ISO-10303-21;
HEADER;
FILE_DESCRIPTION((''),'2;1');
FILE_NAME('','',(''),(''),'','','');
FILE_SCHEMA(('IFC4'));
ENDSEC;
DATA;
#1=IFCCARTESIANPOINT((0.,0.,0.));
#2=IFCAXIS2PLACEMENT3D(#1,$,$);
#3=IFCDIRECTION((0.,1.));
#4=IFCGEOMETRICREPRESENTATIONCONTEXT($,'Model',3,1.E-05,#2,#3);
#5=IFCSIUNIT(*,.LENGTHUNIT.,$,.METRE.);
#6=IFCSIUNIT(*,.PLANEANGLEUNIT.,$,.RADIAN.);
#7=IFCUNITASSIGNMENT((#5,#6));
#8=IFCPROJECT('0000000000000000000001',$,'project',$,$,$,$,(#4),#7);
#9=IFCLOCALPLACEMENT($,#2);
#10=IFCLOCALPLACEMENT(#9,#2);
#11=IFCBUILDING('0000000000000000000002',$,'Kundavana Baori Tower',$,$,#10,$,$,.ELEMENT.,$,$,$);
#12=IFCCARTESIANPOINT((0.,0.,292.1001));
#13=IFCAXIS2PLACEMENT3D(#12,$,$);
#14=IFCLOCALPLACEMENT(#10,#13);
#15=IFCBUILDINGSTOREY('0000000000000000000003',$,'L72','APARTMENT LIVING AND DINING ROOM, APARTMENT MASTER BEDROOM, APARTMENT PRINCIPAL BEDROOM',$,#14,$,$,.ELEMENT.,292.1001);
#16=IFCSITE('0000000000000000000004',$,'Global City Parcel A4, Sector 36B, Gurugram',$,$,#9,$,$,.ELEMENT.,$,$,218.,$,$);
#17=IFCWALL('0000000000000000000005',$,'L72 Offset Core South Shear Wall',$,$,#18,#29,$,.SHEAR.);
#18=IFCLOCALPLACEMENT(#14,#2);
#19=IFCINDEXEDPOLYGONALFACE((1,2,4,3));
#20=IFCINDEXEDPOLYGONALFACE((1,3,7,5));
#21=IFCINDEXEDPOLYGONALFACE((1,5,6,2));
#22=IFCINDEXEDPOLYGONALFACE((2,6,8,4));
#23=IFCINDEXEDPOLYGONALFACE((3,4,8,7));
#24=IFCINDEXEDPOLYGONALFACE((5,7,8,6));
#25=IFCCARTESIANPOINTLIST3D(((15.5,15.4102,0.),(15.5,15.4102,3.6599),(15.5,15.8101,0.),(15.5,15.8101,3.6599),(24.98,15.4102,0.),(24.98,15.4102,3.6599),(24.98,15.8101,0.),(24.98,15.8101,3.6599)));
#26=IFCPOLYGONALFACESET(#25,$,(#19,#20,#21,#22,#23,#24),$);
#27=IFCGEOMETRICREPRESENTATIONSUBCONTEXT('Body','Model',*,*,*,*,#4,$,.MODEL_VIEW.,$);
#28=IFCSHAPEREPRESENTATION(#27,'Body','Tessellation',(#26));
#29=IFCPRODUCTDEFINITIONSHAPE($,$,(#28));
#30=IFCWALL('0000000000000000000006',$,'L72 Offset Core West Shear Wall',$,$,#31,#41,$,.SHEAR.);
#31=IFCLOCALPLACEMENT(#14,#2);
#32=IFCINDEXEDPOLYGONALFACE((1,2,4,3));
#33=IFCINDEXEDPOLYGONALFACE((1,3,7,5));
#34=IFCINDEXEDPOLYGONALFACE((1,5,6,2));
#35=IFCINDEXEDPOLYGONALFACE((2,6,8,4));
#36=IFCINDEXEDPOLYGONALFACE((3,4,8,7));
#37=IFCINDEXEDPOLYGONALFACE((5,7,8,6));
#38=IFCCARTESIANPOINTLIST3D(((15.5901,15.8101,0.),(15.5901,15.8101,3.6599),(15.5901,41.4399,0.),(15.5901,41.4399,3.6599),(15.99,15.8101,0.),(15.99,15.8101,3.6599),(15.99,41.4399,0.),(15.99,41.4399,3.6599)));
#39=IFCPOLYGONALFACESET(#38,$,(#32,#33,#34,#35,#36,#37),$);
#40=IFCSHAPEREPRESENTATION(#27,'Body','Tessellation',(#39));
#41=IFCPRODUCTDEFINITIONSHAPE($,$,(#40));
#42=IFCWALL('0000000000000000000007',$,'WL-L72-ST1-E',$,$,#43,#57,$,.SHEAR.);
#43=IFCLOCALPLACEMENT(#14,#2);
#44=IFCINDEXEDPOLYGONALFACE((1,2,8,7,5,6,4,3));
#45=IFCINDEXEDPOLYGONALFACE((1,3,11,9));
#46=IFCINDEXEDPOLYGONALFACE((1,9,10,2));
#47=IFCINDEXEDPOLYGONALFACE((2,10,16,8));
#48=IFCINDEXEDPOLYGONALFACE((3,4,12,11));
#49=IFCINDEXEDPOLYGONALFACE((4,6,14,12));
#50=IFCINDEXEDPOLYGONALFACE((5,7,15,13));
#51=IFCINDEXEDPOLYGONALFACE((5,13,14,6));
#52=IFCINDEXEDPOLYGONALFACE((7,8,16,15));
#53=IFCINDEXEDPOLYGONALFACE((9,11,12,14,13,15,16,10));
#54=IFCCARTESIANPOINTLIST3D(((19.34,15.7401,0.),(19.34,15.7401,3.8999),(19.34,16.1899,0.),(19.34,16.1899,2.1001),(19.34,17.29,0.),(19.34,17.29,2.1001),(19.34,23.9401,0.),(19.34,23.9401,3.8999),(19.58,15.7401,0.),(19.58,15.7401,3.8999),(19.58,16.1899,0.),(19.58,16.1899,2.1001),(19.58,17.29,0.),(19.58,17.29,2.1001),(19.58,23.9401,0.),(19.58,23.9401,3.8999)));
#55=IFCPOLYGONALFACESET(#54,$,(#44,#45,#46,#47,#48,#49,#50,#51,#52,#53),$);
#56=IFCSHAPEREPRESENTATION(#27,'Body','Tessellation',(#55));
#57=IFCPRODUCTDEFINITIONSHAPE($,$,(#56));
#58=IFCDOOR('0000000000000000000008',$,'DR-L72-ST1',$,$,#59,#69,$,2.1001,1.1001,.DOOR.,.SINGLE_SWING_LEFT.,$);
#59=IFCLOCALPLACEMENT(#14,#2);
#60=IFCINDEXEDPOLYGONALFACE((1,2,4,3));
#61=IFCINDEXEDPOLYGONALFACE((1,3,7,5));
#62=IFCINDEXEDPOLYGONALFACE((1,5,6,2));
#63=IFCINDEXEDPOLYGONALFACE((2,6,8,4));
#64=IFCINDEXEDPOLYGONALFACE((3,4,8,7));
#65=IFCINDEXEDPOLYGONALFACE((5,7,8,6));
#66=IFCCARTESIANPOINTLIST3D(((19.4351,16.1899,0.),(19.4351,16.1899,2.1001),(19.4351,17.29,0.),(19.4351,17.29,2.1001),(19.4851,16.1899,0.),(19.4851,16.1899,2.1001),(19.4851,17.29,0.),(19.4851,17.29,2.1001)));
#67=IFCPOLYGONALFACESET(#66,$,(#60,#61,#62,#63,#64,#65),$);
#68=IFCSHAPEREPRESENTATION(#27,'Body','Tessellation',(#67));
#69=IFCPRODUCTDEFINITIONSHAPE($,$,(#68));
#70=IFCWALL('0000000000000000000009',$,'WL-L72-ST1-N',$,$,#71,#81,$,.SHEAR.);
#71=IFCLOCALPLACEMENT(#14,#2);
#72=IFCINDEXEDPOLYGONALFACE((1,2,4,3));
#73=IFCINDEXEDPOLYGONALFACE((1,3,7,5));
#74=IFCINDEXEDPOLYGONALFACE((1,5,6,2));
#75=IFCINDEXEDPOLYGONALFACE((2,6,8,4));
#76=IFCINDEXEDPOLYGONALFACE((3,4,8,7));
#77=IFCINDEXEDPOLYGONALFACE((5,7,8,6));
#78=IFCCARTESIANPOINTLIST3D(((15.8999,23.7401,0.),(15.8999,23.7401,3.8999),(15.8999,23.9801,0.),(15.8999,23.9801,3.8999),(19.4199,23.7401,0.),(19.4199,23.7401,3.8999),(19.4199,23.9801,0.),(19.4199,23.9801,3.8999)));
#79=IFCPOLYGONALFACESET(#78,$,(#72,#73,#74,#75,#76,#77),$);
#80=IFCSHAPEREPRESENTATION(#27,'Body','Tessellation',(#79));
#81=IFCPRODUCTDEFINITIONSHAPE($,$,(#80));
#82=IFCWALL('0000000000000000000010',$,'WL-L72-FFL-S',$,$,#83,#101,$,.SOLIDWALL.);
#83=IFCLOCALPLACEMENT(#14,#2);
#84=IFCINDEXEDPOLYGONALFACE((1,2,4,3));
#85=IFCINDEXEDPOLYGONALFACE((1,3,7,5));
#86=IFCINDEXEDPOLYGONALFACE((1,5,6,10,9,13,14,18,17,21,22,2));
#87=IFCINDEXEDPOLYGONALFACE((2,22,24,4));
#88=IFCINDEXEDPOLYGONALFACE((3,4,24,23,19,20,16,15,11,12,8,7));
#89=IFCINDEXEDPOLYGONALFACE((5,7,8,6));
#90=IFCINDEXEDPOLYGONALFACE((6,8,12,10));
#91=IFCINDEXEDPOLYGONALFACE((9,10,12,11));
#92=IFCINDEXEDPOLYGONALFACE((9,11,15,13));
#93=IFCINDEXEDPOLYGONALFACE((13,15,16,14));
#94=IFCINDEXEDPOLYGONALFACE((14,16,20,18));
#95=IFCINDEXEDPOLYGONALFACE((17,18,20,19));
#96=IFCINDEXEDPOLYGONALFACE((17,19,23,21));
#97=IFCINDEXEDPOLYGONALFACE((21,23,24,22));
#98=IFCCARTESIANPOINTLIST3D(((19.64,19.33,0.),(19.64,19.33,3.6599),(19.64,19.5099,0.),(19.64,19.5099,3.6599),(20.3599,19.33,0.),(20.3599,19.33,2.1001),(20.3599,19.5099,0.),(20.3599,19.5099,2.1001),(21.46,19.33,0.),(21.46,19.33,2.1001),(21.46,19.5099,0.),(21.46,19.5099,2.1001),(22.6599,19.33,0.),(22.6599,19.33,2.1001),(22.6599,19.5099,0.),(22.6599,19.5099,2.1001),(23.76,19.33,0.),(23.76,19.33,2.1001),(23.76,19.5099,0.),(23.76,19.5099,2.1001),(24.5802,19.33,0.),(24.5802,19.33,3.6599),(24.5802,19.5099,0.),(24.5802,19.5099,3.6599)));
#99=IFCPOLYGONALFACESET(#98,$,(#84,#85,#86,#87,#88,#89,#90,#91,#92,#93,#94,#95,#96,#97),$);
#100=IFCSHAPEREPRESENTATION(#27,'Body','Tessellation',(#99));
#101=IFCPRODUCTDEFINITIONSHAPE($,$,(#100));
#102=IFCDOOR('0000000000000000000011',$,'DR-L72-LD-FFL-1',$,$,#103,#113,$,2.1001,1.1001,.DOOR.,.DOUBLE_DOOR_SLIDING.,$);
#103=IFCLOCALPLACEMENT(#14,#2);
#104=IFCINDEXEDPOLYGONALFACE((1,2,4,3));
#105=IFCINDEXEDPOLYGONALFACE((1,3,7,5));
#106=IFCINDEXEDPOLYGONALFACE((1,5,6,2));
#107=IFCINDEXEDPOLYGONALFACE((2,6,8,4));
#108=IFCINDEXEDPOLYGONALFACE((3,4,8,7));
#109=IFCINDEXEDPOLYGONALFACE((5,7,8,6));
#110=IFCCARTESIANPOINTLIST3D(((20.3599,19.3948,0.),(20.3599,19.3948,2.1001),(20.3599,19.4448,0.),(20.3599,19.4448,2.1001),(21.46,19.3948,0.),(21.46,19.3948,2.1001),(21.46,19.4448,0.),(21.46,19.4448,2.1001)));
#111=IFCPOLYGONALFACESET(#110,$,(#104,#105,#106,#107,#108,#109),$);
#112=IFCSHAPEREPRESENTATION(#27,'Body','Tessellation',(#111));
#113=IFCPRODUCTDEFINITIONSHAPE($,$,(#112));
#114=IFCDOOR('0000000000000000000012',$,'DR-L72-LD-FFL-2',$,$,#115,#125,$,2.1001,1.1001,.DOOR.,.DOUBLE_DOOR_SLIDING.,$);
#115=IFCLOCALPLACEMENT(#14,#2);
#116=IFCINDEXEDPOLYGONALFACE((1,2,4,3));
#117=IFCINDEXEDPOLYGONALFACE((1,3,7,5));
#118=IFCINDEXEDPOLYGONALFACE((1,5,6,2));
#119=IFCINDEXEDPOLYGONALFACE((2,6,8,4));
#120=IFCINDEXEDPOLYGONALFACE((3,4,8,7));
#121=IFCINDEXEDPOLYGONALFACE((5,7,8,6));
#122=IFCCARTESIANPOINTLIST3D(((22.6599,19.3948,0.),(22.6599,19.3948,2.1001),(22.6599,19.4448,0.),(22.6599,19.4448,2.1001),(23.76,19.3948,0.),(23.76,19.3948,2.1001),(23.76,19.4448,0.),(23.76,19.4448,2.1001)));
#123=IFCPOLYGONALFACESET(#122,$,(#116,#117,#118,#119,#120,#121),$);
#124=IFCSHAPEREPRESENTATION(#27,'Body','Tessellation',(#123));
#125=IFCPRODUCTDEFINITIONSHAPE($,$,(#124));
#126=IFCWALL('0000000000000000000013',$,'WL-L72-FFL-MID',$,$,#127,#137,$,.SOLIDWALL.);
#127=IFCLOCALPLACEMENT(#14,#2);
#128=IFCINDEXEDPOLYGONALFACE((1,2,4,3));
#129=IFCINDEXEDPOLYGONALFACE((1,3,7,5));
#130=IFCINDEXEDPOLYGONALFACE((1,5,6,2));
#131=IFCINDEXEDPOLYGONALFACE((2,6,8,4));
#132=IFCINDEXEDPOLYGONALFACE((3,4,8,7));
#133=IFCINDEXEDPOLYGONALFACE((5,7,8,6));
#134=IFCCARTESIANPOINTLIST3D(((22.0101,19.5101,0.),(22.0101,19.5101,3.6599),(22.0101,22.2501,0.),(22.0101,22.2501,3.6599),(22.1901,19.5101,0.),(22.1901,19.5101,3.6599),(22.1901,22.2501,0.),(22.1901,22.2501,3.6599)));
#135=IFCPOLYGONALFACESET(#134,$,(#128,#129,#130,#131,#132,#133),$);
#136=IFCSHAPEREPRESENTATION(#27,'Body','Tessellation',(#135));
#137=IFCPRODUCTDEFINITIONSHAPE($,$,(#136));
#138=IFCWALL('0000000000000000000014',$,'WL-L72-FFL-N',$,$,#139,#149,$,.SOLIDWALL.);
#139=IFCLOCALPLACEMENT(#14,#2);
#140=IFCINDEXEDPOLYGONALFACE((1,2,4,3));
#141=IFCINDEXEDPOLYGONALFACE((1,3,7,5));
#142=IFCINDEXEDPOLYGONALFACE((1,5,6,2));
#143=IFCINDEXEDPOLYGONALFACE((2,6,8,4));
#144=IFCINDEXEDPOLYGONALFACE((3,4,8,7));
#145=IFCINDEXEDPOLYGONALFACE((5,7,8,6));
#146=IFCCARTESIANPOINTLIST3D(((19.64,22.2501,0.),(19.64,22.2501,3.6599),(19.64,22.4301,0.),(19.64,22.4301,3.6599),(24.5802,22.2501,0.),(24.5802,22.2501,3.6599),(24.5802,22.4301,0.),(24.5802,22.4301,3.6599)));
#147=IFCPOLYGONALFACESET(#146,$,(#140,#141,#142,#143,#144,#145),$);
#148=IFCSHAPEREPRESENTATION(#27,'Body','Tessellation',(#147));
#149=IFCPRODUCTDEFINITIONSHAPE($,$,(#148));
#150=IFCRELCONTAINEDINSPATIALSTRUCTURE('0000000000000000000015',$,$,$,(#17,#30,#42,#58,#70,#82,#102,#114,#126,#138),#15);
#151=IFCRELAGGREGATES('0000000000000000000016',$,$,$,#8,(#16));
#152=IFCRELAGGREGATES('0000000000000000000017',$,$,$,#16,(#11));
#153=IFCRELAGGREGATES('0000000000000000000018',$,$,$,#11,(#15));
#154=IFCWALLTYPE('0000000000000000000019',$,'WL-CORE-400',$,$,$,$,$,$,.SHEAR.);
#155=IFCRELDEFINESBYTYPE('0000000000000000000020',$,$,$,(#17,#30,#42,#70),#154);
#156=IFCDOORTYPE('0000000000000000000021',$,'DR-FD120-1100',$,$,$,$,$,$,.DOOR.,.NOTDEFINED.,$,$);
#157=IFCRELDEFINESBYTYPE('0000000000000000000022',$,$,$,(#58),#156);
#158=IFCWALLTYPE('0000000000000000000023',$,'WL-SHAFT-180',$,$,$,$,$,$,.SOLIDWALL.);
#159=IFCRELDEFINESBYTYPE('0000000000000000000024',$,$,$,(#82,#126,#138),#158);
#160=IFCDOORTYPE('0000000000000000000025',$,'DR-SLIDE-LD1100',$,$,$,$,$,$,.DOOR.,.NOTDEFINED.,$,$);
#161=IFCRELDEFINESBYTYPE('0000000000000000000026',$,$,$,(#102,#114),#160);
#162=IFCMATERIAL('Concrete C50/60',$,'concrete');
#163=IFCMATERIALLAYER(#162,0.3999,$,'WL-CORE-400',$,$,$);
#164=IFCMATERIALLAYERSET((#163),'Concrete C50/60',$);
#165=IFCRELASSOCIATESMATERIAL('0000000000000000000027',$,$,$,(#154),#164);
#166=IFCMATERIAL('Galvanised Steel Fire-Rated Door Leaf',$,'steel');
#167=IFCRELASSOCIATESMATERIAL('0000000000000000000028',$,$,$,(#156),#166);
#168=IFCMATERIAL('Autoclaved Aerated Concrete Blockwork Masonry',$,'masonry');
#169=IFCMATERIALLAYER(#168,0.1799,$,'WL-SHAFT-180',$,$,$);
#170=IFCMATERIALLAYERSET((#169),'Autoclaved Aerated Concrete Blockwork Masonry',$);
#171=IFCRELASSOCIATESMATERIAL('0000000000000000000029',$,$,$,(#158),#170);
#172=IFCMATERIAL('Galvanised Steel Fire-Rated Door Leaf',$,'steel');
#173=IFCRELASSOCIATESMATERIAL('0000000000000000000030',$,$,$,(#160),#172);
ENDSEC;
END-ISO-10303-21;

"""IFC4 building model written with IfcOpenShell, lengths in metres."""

from ifc_helpers import new_model, si_unit, direction, frame, frame_2d, origin, place, context, subcontext, project, spatial, rectangle, extrude, material, layer, layer_set, type_object, element, fill, save


model = new_model("IFC4")

# Units and contexts
model_context = context("Model", 3, precision=1e-05, world=origin(), true_north=direction((0.0, 1.0)))
body_context = subcontext(model_context, "Body", "Model", "MODEL_VIEW")
ifc_project = project(units=[si_unit("LENGTHUNIT", "METRE"), si_unit("PLANEANGLEUNIT", "RADIAN")], contexts=[model_context])

# Site, building, storey
site_placement = place(None, origin())
site = spatial("IfcSite", under=ifc_project, at=site_placement, Name="Global City Parcel A4, Sector 36B, Gurugram", CompositionType="ELEMENT", RefElevation=218.0)
building_placement = place(site_placement, origin())
building = spatial("IfcBuilding", under=site, at=building_placement, Name="Kundavana Baori Tower", CompositionType="ELEMENT")
storey_placement = place(building_placement, frame((0.0, 0.0, 292.1001)))
storey = spatial("IfcBuildingStorey", under=building, at=storey_placement, Name="L72", Description="APARTMENT LIVING AND DINING ROOM, APARTMENT MASTER BEDROOM, APARTMENT PRINCIPAL BEDROOM", CompositionType="ELEMENT", Elevation=292.1001)

# Walls
ifc_material_1 = material(Name="Concrete C50/60", Category="concrete")
ifc_layer_1 = layer(ifc_material_1, 0.3999, Name="WL-CORE-400")
ifc_layer_set_1 = layer_set([ifc_layer_1], Name="Concrete C50/60")
wall_type_1 = type_object("IfcWallType", Name="WL-CORE-400", PredefinedType="SHEAR", material=ifc_layer_set_1)
wall_1_placement = place(storey_placement, frame((15.5, 15.6101, 0.0), z_axis=(0.0, 0.0, 1.0), x_axis=(1.0, 0.0, 0.0)))
element("IfcWall", 1, at=wall_1_placement, inside=storey, type_object=wall_type_1, Name="L72 Offset Core South Shear Wall", PredefinedType="SHEAR", context=body_context, shape_type="SweptSolid", body=[
    extrude(rectangle(XDim=9.48, YDim=0.3999, at=frame_2d((4.74, 0.0))), origin(), (0.0, 0.0, 1.0), 3.6599),
])
wall_2_placement = place(storey_placement, frame((15.79, 15.8101, 0.0), z_axis=(0.0, 0.0, 1.0), x_axis=(0.0, 1.0, 0.0)))
element("IfcWall", 2, at=wall_2_placement, inside=storey, type_object=wall_type_1, Name="L72 Offset Core West Shear Wall", PredefinedType="SHEAR", context=body_context, shape_type="SweptSolid", body=[
    extrude(rectangle(XDim=25.6299, YDim=0.3999, at=frame_2d((12.8149, 0.0))), origin(), (0.0, 0.0, 1.0), 3.6599),
])

# Wall, opening, door
wall_3_placement = place(storey_placement, frame((19.46, 15.74, 0.0), z_axis=(0.0, 0.0, 1.0), x_axis=(0.0, 1.0, 0.0)))
wall_3 = element("IfcWall", 3, at=wall_3_placement, inside=storey, type_object=wall_type_1, Name="WL-L72-ST1-E", PredefinedType="SHEAR", context=body_context, shape_type="SweptSolid", body=[
    extrude(rectangle(XDim=8.2, YDim=0.24, at=frame_2d((4.1001, 0.0))), origin(), (0.0, 0.0, 1.0), 3.8999),
])
opening_1_placement = place(wall_3_placement, frame((0.45, 0.0, 0.0)))
opening_1 = element("IfcOpeningElement", 4, at=opening_1_placement, cuts=wall_3, PredefinedType="OPENING", context=body_context, shape_type="SweptSolid", body=[
    extrude(rectangle(XDim=1.1001, YDim=2.1001, at=frame_2d((0.55, 1.05))), frame((0.0, 0.1299, 0.0), z_axis=(0.0, -1.0, 0.0), x_axis=(1.0, 0.0, 0.0)), (0.0, 0.0, 1.0), 0.26),
])
ifc_material_2 = material(Name="Galvanised Steel Fire-Rated Door Leaf", Category="steel")
door_type_1 = type_object("IfcDoorType", Name="DR-FD120-1100", OperationType="NOTDEFINED", PredefinedType="DOOR", material=ifc_material_2)
door_1_placement = place(opening_1_placement, origin())
door_1 = element("IfcDoor", 5, at=door_1_placement, inside=storey, type_object=door_type_1, Name="DR-L72-ST1", OperationType="SINGLE_SWING_LEFT", OverallHeight=2.1001, OverallWidth=1.1001, PredefinedType="DOOR", context=body_context, shape_type="SweptSolid", body=[
    extrude(rectangle(XDim=1.1001, YDim=2.1001, at=frame_2d((0.55, 1.05))), frame((0.0, 0.0249, 0.0), z_axis=(0.0, -1.0, 0.0), x_axis=(1.0, 0.0, 0.0)), (0.0, 0.0, 1.0), 0.05),
])
fill(opening_1, door_1)

# Wall
wall_4_placement = place(storey_placement, frame((15.8999, 23.8601, 0.0), z_axis=(0.0, 0.0, 1.0), x_axis=(1.0, 0.0, 0.0)))
element("IfcWall", 6, at=wall_4_placement, inside=storey, type_object=wall_type_1, Name="WL-L72-ST1-N", PredefinedType="SHEAR", context=body_context, shape_type="SweptSolid", body=[
    extrude(rectangle(XDim=3.52, YDim=0.24, at=frame_2d((1.76, 0.0))), origin(), (0.0, 0.0, 1.0), 3.8999),
])

# Wall, openings, doors
ifc_material_3 = material(Name="Autoclaved Aerated Concrete Blockwork Masonry", Category="masonry")
ifc_layer_2 = layer(ifc_material_3, 0.1799, Name="WL-SHAFT-180")
ifc_layer_set_2 = layer_set([ifc_layer_2], Name="Autoclaved Aerated Concrete Blockwork Masonry")
wall_type_2 = type_object("IfcWallType", Name="WL-SHAFT-180", PredefinedType="SOLIDWALL", material=ifc_layer_set_2)
wall_5_placement = place(storey_placement, frame((19.6399, 19.4199, 0.0), z_axis=(0.0, 0.0, 1.0), x_axis=(1.0, 0.0, 0.0)))
wall_5 = element("IfcWall", 7, at=wall_5_placement, inside=storey, type_object=wall_type_2, Name="WL-L72-FFL-S", PredefinedType="SOLIDWALL", context=body_context, shape_type="SweptSolid", body=[
    extrude(rectangle(XDim=4.9402, YDim=0.1799, at=frame_2d((2.4702, 0.0))), origin(), (0.0, 0.0, 1.0), 3.6599),
])
opening_2_placement = place(wall_5_placement, frame((0.72, 0.0, 0.0)))
opening_2 = element("IfcOpeningElement", 8, at=opening_2_placement, cuts=wall_5, PredefinedType="OPENING", context=body_context, shape_type="SweptSolid", body=[
    extrude(rectangle(XDim=1.1001, YDim=2.1001, at=frame_2d((0.55, 1.05))), frame((0.0, 0.1001, 0.0), z_axis=(0.0, -1.0, 0.0), x_axis=(1.0, 0.0, 0.0)), (0.0, 0.0, 1.0), 0.2),
])
opening_3_placement = place(wall_5_placement, frame((3.02, 0.0, 0.0)))
opening_3 = element("IfcOpeningElement", 9, at=opening_3_placement, cuts=wall_5, PredefinedType="OPENING", context=body_context, shape_type="SweptSolid", body=[
    extrude(rectangle(XDim=1.1001, YDim=2.1001, at=frame_2d((0.55, 1.05))), frame((0.0, 0.1001, 0.0), z_axis=(0.0, -1.0, 0.0), x_axis=(1.0, 0.0, 0.0)), (0.0, 0.0, 1.0), 0.2),
])
ifc_material_4 = material(Name="Galvanised Steel Fire-Rated Door Leaf", Category="steel")
door_type_2 = type_object("IfcDoorType", Name="DR-SLIDE-LD1100", OperationType="NOTDEFINED", PredefinedType="DOOR", material=ifc_material_4)
door_2_placement = place(opening_2_placement, origin())
door_2 = element("IfcDoor", 10, at=door_2_placement, inside=storey, type_object=door_type_2, Name="DR-L72-LD-FFL-1", OperationType="DOUBLE_DOOR_SLIDING", OverallHeight=2.1001, OverallWidth=1.1001, PredefinedType="DOOR", context=body_context, shape_type="SweptSolid", body=[
    extrude(rectangle(XDim=1.1001, YDim=2.1001, at=frame_2d((0.55, 1.05))), frame((0.0, 0.0249, 0.0), z_axis=(0.0, -1.0, 0.0), x_axis=(1.0, 0.0, 0.0)), (0.0, 0.0, 1.0), 0.05),
])
fill(opening_2, door_2)
door_3_placement = place(opening_3_placement, origin())
door_3 = element("IfcDoor", 11, at=door_3_placement, inside=storey, type_object=door_type_2, Name="DR-L72-LD-FFL-2", OperationType="DOUBLE_DOOR_SLIDING", OverallHeight=2.1001, OverallWidth=1.1001, PredefinedType="DOOR", context=body_context, shape_type="SweptSolid", body=[
    extrude(rectangle(XDim=1.1001, YDim=2.1001, at=frame_2d((0.55, 1.05))), frame((0.0, 0.0249, 0.0), z_axis=(0.0, -1.0, 0.0), x_axis=(1.0, 0.0, 0.0)), (0.0, 0.0, 1.0), 0.05),
])
fill(opening_3, door_3)

# Walls
wall_6_placement = place(storey_placement, frame((22.1001, 19.51, 0.0), z_axis=(0.0, 0.0, 1.0), x_axis=(0.0, 1.0, 0.0)))
element("IfcWall", 12, at=wall_6_placement, inside=storey, type_object=wall_type_2, Name="WL-L72-FFL-MID", PredefinedType="SOLIDWALL", context=body_context, shape_type="SweptSolid", body=[
    extrude(rectangle(XDim=2.74, YDim=0.1799, at=frame_2d((1.3701, 0.0))), origin(), (0.0, 0.0, 1.0), 3.6599),
])
wall_7_placement = place(storey_placement, frame((19.6399, 22.3401, 0.0), z_axis=(0.0, 0.0, 1.0), x_axis=(1.0, 0.0, 0.0)))
element("IfcWall", 13, at=wall_7_placement, inside=storey, type_object=wall_type_2, Name="WL-L72-FFL-N", PredefinedType="SOLIDWALL", context=body_context, shape_type="SweptSolid", body=[
    extrude(rectangle(XDim=4.9402, YDim=0.1799, at=frame_2d((2.4702, 0.0))), origin(), (0.0, 0.0, 1.0), 3.6599),
])

save(model, "model.ifc")
